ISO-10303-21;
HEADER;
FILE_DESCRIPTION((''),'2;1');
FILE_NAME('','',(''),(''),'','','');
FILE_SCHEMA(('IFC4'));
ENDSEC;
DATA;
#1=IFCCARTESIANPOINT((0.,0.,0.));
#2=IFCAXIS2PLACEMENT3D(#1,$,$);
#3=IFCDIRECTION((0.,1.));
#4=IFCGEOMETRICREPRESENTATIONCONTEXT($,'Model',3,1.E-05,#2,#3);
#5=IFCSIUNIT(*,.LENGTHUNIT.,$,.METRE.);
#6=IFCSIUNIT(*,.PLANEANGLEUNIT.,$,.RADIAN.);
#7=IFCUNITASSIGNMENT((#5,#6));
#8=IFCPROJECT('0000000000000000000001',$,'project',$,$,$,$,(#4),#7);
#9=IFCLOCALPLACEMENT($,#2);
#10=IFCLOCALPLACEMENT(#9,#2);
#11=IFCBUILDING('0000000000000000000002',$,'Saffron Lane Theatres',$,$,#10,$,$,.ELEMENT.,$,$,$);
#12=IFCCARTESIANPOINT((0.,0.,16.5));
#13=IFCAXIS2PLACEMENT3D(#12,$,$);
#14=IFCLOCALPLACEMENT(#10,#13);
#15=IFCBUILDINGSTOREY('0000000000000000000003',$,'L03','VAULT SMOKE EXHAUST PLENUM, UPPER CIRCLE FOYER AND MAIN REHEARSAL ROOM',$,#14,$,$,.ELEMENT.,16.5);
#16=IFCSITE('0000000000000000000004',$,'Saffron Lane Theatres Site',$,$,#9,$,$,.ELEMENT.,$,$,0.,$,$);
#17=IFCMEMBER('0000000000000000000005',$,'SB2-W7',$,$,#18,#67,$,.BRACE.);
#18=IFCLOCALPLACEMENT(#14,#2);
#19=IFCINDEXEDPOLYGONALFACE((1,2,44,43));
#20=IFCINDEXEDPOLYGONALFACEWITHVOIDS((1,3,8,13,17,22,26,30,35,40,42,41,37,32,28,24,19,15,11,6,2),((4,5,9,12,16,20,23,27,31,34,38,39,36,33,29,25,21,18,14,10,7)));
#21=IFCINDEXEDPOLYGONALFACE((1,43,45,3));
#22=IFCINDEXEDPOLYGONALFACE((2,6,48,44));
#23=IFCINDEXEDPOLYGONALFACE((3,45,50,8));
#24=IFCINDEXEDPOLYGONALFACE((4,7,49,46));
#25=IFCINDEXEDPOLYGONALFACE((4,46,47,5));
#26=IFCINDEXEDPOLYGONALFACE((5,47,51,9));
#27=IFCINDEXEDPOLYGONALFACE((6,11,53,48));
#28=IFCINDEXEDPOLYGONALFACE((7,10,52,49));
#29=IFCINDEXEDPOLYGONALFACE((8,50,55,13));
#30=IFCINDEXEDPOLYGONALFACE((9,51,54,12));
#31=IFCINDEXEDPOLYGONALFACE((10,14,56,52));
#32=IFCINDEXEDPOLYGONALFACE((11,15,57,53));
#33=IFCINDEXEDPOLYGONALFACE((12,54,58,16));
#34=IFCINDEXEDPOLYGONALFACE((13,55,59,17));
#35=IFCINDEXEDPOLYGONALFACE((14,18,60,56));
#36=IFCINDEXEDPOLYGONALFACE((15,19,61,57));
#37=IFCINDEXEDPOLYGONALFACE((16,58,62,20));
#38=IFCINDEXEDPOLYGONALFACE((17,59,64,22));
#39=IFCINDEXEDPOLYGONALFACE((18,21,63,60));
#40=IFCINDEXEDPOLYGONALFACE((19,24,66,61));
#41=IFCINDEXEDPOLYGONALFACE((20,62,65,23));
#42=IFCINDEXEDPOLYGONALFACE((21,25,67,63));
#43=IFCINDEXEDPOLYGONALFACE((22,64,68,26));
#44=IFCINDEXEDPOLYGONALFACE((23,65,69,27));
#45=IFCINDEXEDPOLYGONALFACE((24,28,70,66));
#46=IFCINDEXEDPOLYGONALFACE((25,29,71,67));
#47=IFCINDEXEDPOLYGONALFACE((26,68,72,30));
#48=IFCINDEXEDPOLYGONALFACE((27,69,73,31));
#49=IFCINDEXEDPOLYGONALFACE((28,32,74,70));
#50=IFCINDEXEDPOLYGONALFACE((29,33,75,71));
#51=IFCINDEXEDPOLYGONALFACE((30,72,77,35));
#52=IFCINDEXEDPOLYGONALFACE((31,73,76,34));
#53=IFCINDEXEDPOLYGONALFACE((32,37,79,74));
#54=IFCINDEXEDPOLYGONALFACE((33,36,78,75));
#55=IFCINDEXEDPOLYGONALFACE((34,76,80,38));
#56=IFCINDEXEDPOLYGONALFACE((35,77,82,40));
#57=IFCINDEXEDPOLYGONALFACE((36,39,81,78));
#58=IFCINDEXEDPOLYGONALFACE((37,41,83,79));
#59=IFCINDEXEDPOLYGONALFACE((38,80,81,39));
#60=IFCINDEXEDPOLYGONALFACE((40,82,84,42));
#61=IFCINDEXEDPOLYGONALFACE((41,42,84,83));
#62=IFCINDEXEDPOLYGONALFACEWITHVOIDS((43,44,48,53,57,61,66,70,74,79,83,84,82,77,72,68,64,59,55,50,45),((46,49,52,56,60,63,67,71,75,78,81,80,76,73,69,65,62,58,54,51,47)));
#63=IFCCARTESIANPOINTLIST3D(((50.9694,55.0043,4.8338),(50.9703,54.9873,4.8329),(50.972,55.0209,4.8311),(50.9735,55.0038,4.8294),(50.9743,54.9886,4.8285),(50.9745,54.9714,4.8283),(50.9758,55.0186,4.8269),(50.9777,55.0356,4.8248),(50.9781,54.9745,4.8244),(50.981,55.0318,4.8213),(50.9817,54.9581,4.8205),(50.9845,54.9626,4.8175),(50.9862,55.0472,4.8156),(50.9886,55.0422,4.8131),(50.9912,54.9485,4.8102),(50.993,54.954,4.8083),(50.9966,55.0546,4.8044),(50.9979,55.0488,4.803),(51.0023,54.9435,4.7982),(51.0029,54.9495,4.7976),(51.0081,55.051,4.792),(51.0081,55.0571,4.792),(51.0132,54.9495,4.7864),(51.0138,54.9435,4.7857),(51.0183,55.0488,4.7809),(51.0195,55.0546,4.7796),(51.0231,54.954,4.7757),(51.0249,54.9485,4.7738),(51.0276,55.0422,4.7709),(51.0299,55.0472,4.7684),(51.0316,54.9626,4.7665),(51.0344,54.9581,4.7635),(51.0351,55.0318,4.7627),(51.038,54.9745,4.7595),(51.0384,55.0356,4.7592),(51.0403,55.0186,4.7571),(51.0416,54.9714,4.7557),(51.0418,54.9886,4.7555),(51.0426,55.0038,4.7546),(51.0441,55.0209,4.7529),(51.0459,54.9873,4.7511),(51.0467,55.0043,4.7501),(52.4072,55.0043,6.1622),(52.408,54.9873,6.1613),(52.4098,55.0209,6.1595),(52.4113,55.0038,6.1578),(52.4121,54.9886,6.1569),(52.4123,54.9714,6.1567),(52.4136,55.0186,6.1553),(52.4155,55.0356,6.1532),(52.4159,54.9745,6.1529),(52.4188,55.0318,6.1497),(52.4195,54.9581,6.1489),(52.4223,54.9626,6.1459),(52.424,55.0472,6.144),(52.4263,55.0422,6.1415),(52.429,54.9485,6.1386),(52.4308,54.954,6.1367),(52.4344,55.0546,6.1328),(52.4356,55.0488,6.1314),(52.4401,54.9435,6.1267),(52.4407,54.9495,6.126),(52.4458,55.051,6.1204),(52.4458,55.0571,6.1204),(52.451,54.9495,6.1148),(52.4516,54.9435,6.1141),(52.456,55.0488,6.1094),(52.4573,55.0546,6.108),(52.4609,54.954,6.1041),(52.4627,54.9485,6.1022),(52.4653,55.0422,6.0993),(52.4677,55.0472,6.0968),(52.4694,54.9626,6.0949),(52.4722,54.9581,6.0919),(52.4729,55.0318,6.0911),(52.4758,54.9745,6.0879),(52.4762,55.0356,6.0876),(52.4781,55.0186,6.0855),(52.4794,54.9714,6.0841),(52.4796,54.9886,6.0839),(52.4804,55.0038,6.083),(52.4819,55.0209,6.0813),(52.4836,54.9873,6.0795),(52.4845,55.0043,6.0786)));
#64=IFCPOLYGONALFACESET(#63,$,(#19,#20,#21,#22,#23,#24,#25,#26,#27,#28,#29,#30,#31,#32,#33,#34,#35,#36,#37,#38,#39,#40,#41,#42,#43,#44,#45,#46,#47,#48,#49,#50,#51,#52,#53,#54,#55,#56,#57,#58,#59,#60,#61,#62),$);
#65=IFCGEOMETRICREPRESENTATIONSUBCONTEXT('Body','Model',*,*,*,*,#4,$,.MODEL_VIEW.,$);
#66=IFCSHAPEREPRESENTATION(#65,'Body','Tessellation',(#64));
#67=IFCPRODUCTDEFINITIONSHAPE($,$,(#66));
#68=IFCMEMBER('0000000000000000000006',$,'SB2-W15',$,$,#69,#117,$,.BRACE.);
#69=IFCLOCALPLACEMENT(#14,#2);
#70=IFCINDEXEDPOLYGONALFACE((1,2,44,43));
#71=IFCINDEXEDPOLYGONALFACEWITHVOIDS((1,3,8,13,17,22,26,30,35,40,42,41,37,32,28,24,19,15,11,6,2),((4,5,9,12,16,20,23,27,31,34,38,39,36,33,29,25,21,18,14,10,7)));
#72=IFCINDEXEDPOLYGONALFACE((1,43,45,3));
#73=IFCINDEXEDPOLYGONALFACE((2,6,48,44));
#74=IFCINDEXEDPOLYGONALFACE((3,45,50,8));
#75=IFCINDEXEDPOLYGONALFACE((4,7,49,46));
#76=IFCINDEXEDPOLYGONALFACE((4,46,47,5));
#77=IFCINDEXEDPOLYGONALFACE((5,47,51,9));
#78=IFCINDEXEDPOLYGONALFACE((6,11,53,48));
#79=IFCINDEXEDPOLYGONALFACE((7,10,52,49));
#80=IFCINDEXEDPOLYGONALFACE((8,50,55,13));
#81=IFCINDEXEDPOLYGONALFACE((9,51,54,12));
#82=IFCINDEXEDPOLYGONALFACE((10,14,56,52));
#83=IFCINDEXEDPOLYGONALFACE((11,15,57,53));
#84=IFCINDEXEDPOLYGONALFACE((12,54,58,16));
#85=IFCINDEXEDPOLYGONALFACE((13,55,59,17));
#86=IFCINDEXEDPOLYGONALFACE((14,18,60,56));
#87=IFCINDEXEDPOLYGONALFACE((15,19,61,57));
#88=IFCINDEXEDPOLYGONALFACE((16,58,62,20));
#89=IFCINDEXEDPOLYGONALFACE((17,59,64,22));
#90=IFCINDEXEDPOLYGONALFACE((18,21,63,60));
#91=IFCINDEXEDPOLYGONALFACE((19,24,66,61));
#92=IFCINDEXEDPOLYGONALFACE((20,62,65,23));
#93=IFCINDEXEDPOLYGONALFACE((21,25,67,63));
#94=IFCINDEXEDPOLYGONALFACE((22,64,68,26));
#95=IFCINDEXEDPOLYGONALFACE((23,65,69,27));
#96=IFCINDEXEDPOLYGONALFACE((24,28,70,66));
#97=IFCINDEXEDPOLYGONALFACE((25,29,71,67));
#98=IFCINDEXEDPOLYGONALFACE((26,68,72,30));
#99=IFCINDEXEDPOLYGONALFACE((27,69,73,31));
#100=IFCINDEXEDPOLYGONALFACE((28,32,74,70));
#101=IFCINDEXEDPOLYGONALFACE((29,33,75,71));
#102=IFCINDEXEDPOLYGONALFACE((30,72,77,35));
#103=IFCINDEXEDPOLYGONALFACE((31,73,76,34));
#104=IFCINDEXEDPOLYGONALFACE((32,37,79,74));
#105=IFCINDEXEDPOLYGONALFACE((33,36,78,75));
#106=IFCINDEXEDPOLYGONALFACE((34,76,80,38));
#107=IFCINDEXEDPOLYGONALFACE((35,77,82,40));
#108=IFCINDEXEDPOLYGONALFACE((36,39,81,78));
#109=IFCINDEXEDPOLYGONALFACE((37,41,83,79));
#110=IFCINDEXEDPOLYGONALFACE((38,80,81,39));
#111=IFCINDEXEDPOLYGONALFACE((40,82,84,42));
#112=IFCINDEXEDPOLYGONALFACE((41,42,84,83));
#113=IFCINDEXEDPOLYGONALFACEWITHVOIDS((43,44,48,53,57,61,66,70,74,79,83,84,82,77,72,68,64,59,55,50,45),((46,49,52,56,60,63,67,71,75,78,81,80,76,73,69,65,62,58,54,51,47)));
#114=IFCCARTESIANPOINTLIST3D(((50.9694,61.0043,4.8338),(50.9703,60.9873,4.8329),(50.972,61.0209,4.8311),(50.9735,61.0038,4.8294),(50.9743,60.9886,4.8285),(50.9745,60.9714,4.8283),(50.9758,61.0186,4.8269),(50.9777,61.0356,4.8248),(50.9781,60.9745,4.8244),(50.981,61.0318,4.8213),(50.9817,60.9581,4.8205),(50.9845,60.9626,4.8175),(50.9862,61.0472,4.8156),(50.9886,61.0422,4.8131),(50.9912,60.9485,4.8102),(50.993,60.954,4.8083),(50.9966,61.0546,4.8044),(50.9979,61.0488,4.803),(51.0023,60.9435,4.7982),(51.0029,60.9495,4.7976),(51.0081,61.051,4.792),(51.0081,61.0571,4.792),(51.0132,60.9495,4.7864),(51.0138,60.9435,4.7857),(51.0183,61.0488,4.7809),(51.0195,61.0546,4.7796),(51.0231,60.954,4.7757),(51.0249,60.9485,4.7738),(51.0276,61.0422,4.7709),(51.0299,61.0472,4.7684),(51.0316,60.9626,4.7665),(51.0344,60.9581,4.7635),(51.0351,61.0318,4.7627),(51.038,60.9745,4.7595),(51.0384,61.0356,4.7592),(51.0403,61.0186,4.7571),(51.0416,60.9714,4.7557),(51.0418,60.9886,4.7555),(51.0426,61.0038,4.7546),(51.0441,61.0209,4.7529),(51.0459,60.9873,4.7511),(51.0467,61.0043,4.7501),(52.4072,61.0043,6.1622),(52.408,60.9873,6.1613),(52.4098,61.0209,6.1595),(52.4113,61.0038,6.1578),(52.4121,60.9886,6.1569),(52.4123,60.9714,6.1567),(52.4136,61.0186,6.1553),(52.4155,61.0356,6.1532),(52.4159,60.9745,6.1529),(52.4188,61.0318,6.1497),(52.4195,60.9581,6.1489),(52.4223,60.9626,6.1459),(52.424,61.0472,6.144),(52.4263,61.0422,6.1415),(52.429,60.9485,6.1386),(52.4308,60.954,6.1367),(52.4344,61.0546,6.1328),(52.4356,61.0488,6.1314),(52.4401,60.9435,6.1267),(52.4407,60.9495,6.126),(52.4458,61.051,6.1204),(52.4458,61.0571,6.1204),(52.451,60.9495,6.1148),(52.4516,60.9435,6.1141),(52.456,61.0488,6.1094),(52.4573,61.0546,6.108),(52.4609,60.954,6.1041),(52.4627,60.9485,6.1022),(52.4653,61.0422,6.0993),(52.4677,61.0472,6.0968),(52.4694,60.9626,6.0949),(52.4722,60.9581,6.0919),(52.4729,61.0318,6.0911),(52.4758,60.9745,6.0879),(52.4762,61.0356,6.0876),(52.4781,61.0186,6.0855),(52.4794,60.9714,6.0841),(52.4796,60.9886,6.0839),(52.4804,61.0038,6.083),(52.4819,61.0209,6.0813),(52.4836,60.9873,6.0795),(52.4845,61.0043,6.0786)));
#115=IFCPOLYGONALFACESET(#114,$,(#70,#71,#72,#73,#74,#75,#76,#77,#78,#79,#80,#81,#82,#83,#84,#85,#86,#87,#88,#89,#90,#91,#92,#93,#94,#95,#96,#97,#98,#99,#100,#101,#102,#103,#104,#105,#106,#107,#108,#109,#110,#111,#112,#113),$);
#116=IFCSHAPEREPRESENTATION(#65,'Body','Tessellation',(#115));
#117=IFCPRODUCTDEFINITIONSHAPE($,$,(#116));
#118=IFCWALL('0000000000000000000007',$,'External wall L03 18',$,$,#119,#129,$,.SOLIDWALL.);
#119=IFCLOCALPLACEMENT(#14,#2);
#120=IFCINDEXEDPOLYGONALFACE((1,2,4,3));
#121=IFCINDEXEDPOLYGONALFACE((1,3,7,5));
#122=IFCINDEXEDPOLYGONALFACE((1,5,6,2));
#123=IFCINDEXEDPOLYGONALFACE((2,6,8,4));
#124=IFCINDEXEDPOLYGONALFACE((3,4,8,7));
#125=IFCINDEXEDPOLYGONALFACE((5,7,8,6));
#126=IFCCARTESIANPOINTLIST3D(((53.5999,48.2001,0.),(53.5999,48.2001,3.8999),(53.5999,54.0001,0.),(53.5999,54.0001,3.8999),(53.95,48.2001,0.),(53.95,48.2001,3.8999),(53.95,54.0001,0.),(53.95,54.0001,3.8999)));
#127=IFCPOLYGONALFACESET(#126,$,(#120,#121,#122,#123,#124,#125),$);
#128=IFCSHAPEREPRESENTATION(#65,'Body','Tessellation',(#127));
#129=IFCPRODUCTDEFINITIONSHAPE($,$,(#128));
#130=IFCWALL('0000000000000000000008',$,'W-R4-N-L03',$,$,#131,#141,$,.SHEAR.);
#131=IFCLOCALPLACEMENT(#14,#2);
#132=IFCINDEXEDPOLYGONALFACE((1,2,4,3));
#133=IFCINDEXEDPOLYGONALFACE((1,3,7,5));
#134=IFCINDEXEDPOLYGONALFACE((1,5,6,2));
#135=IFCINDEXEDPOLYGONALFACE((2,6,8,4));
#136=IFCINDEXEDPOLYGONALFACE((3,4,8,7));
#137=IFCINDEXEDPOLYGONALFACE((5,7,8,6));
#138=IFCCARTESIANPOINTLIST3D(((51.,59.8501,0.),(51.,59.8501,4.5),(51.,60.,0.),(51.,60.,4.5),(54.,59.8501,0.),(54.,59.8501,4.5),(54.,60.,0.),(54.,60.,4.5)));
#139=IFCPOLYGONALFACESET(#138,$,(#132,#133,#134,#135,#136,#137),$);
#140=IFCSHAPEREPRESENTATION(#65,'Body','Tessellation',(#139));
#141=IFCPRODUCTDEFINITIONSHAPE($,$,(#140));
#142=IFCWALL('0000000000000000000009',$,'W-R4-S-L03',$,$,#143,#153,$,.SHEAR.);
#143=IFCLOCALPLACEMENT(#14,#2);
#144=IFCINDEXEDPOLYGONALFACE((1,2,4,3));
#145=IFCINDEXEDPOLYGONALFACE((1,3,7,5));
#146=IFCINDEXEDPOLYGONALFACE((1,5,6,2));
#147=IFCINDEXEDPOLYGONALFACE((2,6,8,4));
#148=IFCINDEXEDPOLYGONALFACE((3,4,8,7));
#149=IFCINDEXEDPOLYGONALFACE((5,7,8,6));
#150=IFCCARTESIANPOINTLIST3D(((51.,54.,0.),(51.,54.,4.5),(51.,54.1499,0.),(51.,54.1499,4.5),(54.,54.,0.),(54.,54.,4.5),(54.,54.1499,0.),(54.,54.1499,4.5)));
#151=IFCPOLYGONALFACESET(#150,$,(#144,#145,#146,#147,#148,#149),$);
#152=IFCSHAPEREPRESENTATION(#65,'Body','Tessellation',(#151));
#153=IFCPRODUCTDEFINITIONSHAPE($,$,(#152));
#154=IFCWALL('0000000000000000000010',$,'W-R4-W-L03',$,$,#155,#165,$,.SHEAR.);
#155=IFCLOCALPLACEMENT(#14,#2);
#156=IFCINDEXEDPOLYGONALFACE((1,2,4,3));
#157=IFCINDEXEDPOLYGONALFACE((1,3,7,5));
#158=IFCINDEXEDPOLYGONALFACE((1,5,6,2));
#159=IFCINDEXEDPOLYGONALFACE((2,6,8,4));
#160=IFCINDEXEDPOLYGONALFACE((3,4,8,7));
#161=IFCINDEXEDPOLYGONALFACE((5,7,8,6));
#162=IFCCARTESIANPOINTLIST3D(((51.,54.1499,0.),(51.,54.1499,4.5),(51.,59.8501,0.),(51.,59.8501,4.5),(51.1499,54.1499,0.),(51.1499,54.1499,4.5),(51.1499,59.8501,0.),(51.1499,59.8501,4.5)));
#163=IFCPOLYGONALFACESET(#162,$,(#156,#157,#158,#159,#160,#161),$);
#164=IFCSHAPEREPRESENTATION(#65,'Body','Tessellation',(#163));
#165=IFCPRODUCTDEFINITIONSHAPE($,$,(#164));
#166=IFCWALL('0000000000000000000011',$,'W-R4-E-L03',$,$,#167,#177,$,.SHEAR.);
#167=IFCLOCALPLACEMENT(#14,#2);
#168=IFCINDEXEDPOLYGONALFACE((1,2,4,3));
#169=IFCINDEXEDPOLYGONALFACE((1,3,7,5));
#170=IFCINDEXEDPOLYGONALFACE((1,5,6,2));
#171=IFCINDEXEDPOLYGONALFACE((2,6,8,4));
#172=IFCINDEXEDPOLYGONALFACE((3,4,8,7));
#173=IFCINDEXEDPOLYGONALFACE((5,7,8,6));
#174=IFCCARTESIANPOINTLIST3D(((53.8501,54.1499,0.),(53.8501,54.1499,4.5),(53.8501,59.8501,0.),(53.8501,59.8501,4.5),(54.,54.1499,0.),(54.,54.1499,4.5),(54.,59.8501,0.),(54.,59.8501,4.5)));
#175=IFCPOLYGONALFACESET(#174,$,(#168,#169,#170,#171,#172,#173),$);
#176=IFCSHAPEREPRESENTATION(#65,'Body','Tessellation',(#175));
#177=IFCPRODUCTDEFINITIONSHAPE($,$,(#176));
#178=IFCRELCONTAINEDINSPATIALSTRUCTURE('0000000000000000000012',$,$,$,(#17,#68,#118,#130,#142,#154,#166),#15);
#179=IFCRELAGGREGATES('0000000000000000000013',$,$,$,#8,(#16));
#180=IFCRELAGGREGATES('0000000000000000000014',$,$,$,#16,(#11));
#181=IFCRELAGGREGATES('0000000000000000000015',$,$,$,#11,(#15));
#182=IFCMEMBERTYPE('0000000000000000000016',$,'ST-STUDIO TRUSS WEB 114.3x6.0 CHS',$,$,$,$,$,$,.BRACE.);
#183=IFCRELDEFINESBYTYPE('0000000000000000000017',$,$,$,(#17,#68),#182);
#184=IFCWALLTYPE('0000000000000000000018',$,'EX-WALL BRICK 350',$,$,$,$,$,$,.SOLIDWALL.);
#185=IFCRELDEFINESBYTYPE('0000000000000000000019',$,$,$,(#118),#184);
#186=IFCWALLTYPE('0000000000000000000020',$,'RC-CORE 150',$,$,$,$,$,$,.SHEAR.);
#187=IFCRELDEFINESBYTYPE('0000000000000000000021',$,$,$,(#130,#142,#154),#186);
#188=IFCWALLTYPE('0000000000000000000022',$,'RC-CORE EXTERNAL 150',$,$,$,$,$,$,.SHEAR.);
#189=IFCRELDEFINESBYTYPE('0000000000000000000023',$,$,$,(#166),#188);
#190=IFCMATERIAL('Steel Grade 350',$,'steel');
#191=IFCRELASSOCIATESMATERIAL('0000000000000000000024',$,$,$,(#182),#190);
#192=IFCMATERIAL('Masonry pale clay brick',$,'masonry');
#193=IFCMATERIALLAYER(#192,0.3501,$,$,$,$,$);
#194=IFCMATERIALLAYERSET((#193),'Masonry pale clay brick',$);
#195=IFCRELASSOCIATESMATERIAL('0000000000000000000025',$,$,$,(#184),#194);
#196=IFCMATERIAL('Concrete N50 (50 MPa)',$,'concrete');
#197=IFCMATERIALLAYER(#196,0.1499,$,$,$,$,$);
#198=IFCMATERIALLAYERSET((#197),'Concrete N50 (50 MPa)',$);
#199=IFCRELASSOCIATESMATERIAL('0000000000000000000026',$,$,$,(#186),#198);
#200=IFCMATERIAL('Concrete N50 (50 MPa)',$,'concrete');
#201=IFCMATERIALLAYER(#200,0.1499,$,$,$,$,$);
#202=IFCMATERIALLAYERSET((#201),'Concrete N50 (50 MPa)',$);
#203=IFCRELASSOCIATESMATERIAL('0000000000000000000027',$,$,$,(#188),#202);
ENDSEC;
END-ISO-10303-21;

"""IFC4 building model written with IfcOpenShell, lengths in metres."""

from ifc_helpers import new_model, si_unit, direction, frame, frame_2d, origin, origin_2d, place, context, subcontext, project, spatial, rectangle, hollow_circle, extrude, material, layer, layer_set, material_profile, profile_set, type_object, element, save


model = new_model("IFC4")

# Units and contexts
model_context = context("Model", 3, precision=1e-05, world=origin(), true_north=direction((0.0, 1.0)))
body_context = subcontext(model_context, "Body", "Model", "MODEL_VIEW")
ifc_project = project(units=[si_unit("LENGTHUNIT", "METRE"), si_unit("PLANEANGLEUNIT", "RADIAN")], contexts=[model_context])

# Site, building, storey
site_placement = place(None, origin())
site = spatial("IfcSite", under=ifc_project, at=site_placement, Name="Saffron Lane Theatres Site", CompositionType="ELEMENT", RefElevation=0.0)
building_placement = place(site_placement, origin())
building = spatial("IfcBuilding", under=site, at=building_placement, Name="Saffron Lane Theatres", CompositionType="ELEMENT")
storey_placement = place(building_placement, frame((0.0, 0.0, 16.5)))
storey = spatial("IfcBuildingStorey", under=building, at=storey_placement, Name="L03", Description="VAULT SMOKE EXHAUST PLENUM, UPPER CIRCLE FOYER AND MAIN REHEARSAL ROOM", CompositionType="ELEMENT", Elevation=16.5)

# Members
ifc_material_1 = material(Name="Steel Grade 350", Category="steel")
ifc_material_profile_1 = material_profile(ifc_material_1, hollow_circle(Radius=0.0571, WallThickness=0.0061, at=origin_2d()))
ifc_profile_set_1 = profile_set([ifc_material_profile_1], Name="Steel Grade 350")
member_type_1 = type_object("IfcMemberType", Name="ST-STUDIO TRUSS WEB 114.3x6.0 CHS", PredefinedType="BRACE", material=ifc_profile_set_1)
for number, where, z_axis, x_axis, name in (
    (1, (51.0081, 55.0, 4.792), (0.734493, 0.0, 0.678617), (0.0, 1.0, 0.0), "SB2-W7"),
    (2, (51.0081, 61.0, 4.792), (0.734493, 0.0, 0.678617), (0.0, 1.0, 0.0), "SB2-W15"),
):
    element("IfcMember", number, at=place(storey_placement, frame(where, z_axis=z_axis, x_axis=x_axis)), inside=storey, type_object=member_type_1, Name=name, PredefinedType="BRACE", context=body_context, shape_type="SweptSolid", body=[
        extrude(hollow_circle(Radius=0.0571, WallThickness=0.0061, at=origin_2d()), origin(), (0.0, 0.0, 1.0), 1.9575),
    ])

# Walls
ifc_material_2 = material(Name="Masonry pale clay brick", Category="masonry")
ifc_layer_1 = layer(ifc_material_2, 0.3501)
ifc_layer_set_1 = layer_set([ifc_layer_1], Name="Masonry pale clay brick")
wall_type_1 = type_object("IfcWallType", Name="EX-WALL BRICK 350", PredefinedType="SOLIDWALL", material=ifc_layer_set_1)
wall_1_placement = place(storey_placement, frame((53.7749, 54.0, 0.0), z_axis=(0.0, 0.0, 1.0), x_axis=(0.0, -1.0, 0.0)))
element("IfcWall", 3, at=wall_1_placement, inside=storey, type_object=wall_type_1, Name="External wall L03 18", PredefinedType="SOLIDWALL", context=body_context, shape_type="SweptSolid", body=[
    extrude(rectangle(XDim=5.8, YDim=0.3501, at=frame_2d((2.8999, 0.0))), origin(), (0.0, 0.0, 1.0), 3.8999),
])
ifc_material_3 = material(Name="Concrete N50 (50 MPa)", Category="concrete")
ifc_layer_2 = layer(ifc_material_3, 0.1499)
ifc_layer_set_2 = layer_set([ifc_layer_2], Name="Concrete N50 (50 MPa)")
wall_type_2 = type_object("IfcWallType", Name="RC-CORE 150", PredefinedType="SHEAR", material=ifc_layer_set_2)
for number, where, z_axis, x_axis, name in (
    (4, (51.0, 59.925, 0.0), (0.0, 0.0, 1.0), (1.0, 0.0, 0.0), "W-R4-N-L03"),
    (5, (51.0, 54.075, 0.0), (0.0, 0.0, 1.0), (1.0, 0.0, 0.0), "W-R4-S-L03"),
):
    element("IfcWall", number, at=place(storey_placement, frame(where, z_axis=z_axis, x_axis=x_axis)), inside=storey, type_object=wall_type_2, Name=name, PredefinedType="SHEAR", context=body_context, shape_type="SweptSolid", body=[
        extrude(rectangle(XDim=3.0, YDim=0.1499, at=frame_2d((1.5, 0.0))), origin(), (0.0, 0.0, 1.0), 4.5),
    ])
wall_2_placement = place(storey_placement, frame((51.075, 54.1499, 0.0), z_axis=(0.0, 0.0, 1.0), x_axis=(0.0, 1.0, 0.0)))
element("IfcWall", 6, at=wall_2_placement, inside=storey, type_object=wall_type_2, Name="W-R4-W-L03", PredefinedType="SHEAR", context=body_context, shape_type="SweptSolid", body=[
    extrude(rectangle(XDim=5.7002, YDim=0.1499, at=frame_2d((2.8501, 0.0))), origin(), (0.0, 0.0, 1.0), 4.5),
])
ifc_material_4 = material(Name="Concrete N50 (50 MPa)", Category="concrete")
ifc_layer_3 = layer(ifc_material_4, 0.1499)
ifc_layer_set_3 = layer_set([ifc_layer_3], Name="Concrete N50 (50 MPa)")
wall_type_3 = type_object("IfcWallType", Name="RC-CORE EXTERNAL 150", PredefinedType="SHEAR", material=ifc_layer_set_3)
wall_3_placement = place(storey_placement, frame((53.925, 54.1499, 0.0), z_axis=(0.0, 0.0, 1.0), x_axis=(0.0, 1.0, 0.0)))
element("IfcWall", 7, at=wall_3_placement, inside=storey, type_object=wall_type_3, Name="W-R4-E-L03", PredefinedType="SHEAR", context=body_context, shape_type="SweptSolid", body=[
    extrude(rectangle(XDim=5.7002, YDim=0.1499, at=frame_2d((2.8501, 0.0))), origin(), (0.0, 0.0, 1.0), 4.5),
])

save(model, "model.ifc")
